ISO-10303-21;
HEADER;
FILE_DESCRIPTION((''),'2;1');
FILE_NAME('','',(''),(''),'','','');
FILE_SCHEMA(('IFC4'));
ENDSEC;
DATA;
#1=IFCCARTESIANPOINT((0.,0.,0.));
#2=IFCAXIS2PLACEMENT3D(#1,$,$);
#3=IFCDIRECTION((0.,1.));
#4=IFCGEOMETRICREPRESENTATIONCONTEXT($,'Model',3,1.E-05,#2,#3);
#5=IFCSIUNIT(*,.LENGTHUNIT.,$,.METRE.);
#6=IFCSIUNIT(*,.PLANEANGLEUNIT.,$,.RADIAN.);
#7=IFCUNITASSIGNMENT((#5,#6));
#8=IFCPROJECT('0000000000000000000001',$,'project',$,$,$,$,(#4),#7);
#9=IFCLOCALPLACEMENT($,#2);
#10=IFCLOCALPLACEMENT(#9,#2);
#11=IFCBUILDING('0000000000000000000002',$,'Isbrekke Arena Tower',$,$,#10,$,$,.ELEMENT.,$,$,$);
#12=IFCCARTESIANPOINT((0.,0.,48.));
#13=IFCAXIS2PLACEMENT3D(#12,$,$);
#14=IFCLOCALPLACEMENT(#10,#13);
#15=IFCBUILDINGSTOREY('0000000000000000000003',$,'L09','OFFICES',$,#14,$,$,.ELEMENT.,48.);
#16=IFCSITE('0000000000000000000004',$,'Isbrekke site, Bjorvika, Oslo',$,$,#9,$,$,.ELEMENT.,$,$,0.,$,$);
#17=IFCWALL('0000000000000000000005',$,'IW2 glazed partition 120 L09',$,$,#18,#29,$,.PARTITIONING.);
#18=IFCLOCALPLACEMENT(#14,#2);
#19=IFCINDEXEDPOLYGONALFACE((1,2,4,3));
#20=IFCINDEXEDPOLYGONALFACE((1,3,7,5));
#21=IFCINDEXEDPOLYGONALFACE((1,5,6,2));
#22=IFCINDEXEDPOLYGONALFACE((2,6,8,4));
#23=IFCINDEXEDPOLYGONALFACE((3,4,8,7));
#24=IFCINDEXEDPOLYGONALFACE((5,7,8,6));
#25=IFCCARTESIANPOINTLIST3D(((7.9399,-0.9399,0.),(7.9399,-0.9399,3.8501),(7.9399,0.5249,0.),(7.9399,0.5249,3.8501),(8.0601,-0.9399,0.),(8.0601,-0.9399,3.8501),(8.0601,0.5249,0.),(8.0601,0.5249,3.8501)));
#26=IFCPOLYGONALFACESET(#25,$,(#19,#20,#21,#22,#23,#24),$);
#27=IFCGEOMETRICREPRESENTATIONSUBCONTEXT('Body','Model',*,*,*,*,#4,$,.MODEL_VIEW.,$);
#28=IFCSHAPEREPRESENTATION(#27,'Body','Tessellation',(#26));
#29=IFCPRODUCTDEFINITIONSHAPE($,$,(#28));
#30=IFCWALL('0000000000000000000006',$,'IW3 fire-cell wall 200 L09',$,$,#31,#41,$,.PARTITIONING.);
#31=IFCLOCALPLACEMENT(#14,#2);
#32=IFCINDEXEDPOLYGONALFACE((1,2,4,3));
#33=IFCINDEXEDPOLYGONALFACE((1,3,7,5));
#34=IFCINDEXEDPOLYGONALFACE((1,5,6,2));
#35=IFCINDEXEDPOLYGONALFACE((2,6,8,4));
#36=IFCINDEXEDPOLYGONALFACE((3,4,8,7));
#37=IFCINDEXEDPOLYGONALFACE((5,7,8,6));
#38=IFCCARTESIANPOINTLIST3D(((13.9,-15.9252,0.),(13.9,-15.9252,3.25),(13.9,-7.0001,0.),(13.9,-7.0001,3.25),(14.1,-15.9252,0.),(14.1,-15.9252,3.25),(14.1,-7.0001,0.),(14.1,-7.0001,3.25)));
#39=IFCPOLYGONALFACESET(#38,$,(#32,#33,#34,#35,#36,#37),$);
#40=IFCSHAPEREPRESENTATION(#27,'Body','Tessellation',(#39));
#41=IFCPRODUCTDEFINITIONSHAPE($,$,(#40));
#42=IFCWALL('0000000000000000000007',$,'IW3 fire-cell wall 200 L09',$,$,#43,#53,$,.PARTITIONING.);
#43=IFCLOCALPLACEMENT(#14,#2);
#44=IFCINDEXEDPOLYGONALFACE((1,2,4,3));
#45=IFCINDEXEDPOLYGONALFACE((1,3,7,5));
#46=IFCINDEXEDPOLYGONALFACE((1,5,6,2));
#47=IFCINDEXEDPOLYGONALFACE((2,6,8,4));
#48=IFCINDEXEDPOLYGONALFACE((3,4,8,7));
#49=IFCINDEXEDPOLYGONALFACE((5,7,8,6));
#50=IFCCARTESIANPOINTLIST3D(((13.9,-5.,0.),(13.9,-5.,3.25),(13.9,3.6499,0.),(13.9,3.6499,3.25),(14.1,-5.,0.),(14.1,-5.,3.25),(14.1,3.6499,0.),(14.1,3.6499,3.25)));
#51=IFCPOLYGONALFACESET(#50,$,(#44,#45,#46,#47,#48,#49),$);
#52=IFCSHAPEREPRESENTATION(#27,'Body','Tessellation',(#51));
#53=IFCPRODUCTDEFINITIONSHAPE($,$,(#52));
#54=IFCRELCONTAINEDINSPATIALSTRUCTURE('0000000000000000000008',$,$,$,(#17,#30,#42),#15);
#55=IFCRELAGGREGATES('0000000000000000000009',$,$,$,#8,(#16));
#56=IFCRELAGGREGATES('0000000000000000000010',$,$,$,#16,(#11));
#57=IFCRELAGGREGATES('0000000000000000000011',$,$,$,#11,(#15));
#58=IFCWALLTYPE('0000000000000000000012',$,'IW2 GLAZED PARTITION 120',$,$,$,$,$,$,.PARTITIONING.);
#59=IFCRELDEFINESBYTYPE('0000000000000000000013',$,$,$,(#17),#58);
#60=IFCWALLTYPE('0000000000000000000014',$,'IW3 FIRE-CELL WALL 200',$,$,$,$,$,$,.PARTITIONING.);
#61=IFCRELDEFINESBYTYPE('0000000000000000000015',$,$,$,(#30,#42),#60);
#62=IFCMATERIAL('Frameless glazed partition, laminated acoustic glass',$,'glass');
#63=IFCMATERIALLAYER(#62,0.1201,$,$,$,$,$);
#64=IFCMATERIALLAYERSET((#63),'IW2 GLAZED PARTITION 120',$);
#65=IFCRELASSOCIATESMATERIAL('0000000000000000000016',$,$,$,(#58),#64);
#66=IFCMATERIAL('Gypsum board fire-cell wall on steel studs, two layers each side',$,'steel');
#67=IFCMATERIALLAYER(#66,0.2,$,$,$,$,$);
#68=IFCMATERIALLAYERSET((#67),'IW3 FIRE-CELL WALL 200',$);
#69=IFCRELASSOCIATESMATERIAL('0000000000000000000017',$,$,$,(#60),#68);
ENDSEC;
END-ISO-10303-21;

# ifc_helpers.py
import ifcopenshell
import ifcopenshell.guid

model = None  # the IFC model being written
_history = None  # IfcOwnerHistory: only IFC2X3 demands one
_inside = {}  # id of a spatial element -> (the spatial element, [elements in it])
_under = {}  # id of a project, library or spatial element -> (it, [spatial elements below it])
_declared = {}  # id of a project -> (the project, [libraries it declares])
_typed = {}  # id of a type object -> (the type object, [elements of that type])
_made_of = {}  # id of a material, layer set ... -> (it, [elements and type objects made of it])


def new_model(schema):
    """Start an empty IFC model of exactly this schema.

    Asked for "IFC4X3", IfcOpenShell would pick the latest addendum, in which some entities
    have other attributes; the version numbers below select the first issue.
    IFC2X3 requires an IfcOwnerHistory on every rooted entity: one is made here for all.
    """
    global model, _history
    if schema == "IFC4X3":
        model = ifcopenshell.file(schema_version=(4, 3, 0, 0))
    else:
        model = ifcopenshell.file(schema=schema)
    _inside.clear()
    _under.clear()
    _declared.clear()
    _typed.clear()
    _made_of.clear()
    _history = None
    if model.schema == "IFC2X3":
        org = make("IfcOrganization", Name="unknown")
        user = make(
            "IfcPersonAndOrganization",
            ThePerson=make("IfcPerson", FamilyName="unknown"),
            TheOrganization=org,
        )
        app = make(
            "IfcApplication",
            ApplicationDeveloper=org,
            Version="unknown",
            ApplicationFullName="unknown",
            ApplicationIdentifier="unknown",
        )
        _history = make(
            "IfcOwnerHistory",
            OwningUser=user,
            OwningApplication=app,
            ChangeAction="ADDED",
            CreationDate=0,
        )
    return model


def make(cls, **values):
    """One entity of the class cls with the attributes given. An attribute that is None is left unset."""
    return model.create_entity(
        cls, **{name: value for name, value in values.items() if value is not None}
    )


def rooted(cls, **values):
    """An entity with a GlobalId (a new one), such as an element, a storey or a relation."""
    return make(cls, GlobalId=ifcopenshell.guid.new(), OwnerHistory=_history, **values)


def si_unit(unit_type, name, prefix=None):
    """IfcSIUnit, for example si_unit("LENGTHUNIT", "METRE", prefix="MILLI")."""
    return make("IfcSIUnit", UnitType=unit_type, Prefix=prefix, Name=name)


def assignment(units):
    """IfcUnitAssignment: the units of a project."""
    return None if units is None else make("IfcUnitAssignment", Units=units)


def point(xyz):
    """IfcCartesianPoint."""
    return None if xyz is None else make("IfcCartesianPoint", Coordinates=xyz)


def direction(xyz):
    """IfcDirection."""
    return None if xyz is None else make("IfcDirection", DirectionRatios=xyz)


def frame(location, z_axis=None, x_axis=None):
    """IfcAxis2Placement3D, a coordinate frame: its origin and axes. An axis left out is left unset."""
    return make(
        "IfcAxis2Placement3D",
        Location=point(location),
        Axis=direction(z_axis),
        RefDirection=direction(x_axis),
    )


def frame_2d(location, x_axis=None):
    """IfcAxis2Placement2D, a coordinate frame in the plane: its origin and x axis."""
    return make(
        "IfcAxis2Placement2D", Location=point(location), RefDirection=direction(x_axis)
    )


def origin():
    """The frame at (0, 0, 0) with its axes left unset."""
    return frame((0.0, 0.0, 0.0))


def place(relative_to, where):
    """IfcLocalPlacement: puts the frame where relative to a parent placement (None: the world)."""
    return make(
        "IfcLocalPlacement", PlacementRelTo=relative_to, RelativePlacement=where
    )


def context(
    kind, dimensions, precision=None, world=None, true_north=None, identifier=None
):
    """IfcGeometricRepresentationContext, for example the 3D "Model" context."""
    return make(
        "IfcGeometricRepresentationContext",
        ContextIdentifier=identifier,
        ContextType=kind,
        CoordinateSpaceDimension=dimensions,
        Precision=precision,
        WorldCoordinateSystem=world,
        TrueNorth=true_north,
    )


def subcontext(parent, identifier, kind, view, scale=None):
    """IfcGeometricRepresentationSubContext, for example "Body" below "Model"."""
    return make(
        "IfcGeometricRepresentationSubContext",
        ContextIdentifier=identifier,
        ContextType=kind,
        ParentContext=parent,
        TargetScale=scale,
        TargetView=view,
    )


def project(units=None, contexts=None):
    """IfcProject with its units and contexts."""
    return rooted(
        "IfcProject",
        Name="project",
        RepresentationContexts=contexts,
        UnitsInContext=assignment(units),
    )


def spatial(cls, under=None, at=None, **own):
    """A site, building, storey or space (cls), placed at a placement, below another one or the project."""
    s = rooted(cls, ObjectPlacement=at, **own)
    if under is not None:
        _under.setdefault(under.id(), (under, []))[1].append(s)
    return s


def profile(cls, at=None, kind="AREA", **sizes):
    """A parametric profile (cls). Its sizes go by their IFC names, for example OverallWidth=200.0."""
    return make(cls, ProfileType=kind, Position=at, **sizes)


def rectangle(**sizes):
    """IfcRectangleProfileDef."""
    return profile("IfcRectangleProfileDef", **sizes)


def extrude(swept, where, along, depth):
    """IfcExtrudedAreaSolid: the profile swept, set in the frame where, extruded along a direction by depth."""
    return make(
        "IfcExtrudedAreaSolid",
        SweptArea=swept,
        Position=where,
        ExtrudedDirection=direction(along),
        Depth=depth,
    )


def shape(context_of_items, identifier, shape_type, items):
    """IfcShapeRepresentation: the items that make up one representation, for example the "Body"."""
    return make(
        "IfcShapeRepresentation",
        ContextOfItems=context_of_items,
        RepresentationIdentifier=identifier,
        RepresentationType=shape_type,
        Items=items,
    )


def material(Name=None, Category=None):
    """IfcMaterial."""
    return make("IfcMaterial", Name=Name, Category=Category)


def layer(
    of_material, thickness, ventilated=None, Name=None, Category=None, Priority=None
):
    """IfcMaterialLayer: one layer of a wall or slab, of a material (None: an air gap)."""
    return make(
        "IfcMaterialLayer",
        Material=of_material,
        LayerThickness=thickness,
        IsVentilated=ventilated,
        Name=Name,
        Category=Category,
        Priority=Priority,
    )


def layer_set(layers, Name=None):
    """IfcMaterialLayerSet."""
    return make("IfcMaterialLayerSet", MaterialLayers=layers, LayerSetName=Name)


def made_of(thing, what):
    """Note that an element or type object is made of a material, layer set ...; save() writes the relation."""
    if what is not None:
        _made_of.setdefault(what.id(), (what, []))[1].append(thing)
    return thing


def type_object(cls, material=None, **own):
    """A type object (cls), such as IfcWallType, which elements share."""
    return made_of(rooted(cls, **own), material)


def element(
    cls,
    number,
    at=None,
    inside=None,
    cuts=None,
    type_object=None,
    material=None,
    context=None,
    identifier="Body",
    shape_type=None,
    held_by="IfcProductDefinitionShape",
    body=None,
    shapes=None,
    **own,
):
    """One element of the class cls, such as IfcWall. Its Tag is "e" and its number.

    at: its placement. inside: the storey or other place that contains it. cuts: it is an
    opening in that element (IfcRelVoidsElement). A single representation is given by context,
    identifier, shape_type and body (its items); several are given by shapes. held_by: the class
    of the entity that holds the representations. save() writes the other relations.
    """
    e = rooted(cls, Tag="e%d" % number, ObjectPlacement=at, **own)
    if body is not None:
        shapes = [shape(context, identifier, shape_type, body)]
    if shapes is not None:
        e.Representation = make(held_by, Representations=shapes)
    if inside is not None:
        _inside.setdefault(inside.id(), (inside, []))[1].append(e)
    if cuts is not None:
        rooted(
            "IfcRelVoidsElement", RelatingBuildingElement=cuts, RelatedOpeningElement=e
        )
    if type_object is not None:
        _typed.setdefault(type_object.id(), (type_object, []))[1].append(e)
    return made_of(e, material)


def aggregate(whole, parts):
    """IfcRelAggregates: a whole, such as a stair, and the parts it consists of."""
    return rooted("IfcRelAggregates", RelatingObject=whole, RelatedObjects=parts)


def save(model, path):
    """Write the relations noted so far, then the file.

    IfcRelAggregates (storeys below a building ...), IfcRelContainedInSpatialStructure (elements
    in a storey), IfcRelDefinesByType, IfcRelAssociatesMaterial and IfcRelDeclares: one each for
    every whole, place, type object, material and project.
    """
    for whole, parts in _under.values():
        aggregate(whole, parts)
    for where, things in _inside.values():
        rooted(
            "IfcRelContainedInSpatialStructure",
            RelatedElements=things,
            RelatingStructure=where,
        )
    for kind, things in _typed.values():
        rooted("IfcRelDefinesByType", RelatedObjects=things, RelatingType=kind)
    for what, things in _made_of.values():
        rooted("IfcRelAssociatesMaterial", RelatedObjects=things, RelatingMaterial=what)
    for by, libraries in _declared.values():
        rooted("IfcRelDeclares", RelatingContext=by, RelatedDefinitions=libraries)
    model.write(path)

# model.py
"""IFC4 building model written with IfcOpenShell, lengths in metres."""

from ifc_helpers import new_model, si_unit, direction, frame, frame_2d, origin, place, context, subcontext, project, spatial, rectangle, extrude, material, layer, layer_set, type_object, element, save


model = new_model("IFC4")

# Units and contexts
model_context = context("Model", 3, precision=1e-05, world=origin(), true_north=direction((0.0, 1.0)))
body_context = subcontext(model_context, "Body", "Model", "MODEL_VIEW")
ifc_project = project(units=[si_unit("LENGTHUNIT", "METRE"), si_unit("PLANEANGLEUNIT", "RADIAN")], contexts=[model_context])

# Site, building, storey
site_placement = place(None, origin())
site = spatial("IfcSite", under=ifc_project, at=site_placement, Name="Isbrekke site, Bjorvika, Oslo", CompositionType="ELEMENT", RefElevation=0.0)
building_placement = place(site_placement, origin())
building = spatial("IfcBuilding", under=site, at=building_placement, Name="Isbrekke Arena Tower", CompositionType="ELEMENT")
storey_placement = place(building_placement, frame((0.0, 0.0, 48.0)))
storey = spatial("IfcBuildingStorey", under=building, at=storey_placement, Name="L09", Description="OFFICES", CompositionType="ELEMENT", Elevation=48.0)

# Walls
ifc_material_1 = material(Name="Frameless glazed partition, laminated acoustic glass", Category="glass")
ifc_layer_1 = layer(ifc_material_1, 0.1201)
ifc_layer_set_1 = layer_set([ifc_layer_1], Name="IW2 GLAZED PARTITION 120")
wall_type_1 = type_object("IfcWallType", Name="IW2 GLAZED PARTITION 120", PredefinedType="PARTITIONING", material=ifc_layer_set_1)
wall_1_placement = place(storey_placement, frame((8.0, -0.9399, 0.0), z_axis=(0.0, 0.0, 1.0), x_axis=(0.0, 1.0, 0.0)))
element("IfcWall", 1, at=wall_1_placement, inside=storey, type_object=wall_type_1, Name="IW2 glazed partition 120 L09", PredefinedType="PARTITIONING", context=body_context, shape_type="SweptSolid", body=[
    extrude(rectangle(XDim=1.4648, YDim=0.1201, at=frame_2d((0.7324, 0.0))), origin(), (0.0, 0.0, 1.0), 3.8501),
])
ifc_material_2 = material(Name="Gypsum board fire-cell wall on steel studs, two layers each side", Category="steel")
ifc_layer_2 = layer(ifc_material_2, 0.2)
ifc_layer_set_2 = layer_set([ifc_layer_2], Name="IW3 FIRE-CELL WALL 200")
wall_type_2 = type_object("IfcWallType", Name="IW3 FIRE-CELL WALL 200", PredefinedType="PARTITIONING", material=ifc_layer_set_2)
wall_2_placement = place(storey_placement, frame((14.0, -15.925, 0.0), z_axis=(0.0, 0.0, 1.0), x_axis=(0.0, 1.0, 0.0)))
element("IfcWall", 2, at=wall_2_placement, inside=storey, type_object=wall_type_2, Name="IW3 fire-cell wall 200 L09", PredefinedType="PARTITIONING", context=body_context, shape_type="SweptSolid", body=[
    extrude(rectangle(XDim=8.925, YDim=0.2, at=frame_2d((4.4624, 0.0))), origin(), (0.0, 0.0, 1.0), 3.25),
])
wall_3_placement = place(storey_placement, frame((14.0, -5.0, 0.0), z_axis=(0.0, 0.0, 1.0), x_axis=(0.0, 1.0, 0.0)))
element("IfcWall", 3, at=wall_3_placement, inside=storey, type_object=wall_type_2, Name="IW3 fire-cell wall 200 L09", PredefinedType="PARTITIONING", context=body_context, shape_type="SweptSolid", body=[
    extrude(rectangle(XDim=8.6499, YDim=0.2, at=frame_2d((4.325, 0.0))), origin(), (0.0, 0.0, 1.0), 3.25),
])

save(model, "model.ifc")
